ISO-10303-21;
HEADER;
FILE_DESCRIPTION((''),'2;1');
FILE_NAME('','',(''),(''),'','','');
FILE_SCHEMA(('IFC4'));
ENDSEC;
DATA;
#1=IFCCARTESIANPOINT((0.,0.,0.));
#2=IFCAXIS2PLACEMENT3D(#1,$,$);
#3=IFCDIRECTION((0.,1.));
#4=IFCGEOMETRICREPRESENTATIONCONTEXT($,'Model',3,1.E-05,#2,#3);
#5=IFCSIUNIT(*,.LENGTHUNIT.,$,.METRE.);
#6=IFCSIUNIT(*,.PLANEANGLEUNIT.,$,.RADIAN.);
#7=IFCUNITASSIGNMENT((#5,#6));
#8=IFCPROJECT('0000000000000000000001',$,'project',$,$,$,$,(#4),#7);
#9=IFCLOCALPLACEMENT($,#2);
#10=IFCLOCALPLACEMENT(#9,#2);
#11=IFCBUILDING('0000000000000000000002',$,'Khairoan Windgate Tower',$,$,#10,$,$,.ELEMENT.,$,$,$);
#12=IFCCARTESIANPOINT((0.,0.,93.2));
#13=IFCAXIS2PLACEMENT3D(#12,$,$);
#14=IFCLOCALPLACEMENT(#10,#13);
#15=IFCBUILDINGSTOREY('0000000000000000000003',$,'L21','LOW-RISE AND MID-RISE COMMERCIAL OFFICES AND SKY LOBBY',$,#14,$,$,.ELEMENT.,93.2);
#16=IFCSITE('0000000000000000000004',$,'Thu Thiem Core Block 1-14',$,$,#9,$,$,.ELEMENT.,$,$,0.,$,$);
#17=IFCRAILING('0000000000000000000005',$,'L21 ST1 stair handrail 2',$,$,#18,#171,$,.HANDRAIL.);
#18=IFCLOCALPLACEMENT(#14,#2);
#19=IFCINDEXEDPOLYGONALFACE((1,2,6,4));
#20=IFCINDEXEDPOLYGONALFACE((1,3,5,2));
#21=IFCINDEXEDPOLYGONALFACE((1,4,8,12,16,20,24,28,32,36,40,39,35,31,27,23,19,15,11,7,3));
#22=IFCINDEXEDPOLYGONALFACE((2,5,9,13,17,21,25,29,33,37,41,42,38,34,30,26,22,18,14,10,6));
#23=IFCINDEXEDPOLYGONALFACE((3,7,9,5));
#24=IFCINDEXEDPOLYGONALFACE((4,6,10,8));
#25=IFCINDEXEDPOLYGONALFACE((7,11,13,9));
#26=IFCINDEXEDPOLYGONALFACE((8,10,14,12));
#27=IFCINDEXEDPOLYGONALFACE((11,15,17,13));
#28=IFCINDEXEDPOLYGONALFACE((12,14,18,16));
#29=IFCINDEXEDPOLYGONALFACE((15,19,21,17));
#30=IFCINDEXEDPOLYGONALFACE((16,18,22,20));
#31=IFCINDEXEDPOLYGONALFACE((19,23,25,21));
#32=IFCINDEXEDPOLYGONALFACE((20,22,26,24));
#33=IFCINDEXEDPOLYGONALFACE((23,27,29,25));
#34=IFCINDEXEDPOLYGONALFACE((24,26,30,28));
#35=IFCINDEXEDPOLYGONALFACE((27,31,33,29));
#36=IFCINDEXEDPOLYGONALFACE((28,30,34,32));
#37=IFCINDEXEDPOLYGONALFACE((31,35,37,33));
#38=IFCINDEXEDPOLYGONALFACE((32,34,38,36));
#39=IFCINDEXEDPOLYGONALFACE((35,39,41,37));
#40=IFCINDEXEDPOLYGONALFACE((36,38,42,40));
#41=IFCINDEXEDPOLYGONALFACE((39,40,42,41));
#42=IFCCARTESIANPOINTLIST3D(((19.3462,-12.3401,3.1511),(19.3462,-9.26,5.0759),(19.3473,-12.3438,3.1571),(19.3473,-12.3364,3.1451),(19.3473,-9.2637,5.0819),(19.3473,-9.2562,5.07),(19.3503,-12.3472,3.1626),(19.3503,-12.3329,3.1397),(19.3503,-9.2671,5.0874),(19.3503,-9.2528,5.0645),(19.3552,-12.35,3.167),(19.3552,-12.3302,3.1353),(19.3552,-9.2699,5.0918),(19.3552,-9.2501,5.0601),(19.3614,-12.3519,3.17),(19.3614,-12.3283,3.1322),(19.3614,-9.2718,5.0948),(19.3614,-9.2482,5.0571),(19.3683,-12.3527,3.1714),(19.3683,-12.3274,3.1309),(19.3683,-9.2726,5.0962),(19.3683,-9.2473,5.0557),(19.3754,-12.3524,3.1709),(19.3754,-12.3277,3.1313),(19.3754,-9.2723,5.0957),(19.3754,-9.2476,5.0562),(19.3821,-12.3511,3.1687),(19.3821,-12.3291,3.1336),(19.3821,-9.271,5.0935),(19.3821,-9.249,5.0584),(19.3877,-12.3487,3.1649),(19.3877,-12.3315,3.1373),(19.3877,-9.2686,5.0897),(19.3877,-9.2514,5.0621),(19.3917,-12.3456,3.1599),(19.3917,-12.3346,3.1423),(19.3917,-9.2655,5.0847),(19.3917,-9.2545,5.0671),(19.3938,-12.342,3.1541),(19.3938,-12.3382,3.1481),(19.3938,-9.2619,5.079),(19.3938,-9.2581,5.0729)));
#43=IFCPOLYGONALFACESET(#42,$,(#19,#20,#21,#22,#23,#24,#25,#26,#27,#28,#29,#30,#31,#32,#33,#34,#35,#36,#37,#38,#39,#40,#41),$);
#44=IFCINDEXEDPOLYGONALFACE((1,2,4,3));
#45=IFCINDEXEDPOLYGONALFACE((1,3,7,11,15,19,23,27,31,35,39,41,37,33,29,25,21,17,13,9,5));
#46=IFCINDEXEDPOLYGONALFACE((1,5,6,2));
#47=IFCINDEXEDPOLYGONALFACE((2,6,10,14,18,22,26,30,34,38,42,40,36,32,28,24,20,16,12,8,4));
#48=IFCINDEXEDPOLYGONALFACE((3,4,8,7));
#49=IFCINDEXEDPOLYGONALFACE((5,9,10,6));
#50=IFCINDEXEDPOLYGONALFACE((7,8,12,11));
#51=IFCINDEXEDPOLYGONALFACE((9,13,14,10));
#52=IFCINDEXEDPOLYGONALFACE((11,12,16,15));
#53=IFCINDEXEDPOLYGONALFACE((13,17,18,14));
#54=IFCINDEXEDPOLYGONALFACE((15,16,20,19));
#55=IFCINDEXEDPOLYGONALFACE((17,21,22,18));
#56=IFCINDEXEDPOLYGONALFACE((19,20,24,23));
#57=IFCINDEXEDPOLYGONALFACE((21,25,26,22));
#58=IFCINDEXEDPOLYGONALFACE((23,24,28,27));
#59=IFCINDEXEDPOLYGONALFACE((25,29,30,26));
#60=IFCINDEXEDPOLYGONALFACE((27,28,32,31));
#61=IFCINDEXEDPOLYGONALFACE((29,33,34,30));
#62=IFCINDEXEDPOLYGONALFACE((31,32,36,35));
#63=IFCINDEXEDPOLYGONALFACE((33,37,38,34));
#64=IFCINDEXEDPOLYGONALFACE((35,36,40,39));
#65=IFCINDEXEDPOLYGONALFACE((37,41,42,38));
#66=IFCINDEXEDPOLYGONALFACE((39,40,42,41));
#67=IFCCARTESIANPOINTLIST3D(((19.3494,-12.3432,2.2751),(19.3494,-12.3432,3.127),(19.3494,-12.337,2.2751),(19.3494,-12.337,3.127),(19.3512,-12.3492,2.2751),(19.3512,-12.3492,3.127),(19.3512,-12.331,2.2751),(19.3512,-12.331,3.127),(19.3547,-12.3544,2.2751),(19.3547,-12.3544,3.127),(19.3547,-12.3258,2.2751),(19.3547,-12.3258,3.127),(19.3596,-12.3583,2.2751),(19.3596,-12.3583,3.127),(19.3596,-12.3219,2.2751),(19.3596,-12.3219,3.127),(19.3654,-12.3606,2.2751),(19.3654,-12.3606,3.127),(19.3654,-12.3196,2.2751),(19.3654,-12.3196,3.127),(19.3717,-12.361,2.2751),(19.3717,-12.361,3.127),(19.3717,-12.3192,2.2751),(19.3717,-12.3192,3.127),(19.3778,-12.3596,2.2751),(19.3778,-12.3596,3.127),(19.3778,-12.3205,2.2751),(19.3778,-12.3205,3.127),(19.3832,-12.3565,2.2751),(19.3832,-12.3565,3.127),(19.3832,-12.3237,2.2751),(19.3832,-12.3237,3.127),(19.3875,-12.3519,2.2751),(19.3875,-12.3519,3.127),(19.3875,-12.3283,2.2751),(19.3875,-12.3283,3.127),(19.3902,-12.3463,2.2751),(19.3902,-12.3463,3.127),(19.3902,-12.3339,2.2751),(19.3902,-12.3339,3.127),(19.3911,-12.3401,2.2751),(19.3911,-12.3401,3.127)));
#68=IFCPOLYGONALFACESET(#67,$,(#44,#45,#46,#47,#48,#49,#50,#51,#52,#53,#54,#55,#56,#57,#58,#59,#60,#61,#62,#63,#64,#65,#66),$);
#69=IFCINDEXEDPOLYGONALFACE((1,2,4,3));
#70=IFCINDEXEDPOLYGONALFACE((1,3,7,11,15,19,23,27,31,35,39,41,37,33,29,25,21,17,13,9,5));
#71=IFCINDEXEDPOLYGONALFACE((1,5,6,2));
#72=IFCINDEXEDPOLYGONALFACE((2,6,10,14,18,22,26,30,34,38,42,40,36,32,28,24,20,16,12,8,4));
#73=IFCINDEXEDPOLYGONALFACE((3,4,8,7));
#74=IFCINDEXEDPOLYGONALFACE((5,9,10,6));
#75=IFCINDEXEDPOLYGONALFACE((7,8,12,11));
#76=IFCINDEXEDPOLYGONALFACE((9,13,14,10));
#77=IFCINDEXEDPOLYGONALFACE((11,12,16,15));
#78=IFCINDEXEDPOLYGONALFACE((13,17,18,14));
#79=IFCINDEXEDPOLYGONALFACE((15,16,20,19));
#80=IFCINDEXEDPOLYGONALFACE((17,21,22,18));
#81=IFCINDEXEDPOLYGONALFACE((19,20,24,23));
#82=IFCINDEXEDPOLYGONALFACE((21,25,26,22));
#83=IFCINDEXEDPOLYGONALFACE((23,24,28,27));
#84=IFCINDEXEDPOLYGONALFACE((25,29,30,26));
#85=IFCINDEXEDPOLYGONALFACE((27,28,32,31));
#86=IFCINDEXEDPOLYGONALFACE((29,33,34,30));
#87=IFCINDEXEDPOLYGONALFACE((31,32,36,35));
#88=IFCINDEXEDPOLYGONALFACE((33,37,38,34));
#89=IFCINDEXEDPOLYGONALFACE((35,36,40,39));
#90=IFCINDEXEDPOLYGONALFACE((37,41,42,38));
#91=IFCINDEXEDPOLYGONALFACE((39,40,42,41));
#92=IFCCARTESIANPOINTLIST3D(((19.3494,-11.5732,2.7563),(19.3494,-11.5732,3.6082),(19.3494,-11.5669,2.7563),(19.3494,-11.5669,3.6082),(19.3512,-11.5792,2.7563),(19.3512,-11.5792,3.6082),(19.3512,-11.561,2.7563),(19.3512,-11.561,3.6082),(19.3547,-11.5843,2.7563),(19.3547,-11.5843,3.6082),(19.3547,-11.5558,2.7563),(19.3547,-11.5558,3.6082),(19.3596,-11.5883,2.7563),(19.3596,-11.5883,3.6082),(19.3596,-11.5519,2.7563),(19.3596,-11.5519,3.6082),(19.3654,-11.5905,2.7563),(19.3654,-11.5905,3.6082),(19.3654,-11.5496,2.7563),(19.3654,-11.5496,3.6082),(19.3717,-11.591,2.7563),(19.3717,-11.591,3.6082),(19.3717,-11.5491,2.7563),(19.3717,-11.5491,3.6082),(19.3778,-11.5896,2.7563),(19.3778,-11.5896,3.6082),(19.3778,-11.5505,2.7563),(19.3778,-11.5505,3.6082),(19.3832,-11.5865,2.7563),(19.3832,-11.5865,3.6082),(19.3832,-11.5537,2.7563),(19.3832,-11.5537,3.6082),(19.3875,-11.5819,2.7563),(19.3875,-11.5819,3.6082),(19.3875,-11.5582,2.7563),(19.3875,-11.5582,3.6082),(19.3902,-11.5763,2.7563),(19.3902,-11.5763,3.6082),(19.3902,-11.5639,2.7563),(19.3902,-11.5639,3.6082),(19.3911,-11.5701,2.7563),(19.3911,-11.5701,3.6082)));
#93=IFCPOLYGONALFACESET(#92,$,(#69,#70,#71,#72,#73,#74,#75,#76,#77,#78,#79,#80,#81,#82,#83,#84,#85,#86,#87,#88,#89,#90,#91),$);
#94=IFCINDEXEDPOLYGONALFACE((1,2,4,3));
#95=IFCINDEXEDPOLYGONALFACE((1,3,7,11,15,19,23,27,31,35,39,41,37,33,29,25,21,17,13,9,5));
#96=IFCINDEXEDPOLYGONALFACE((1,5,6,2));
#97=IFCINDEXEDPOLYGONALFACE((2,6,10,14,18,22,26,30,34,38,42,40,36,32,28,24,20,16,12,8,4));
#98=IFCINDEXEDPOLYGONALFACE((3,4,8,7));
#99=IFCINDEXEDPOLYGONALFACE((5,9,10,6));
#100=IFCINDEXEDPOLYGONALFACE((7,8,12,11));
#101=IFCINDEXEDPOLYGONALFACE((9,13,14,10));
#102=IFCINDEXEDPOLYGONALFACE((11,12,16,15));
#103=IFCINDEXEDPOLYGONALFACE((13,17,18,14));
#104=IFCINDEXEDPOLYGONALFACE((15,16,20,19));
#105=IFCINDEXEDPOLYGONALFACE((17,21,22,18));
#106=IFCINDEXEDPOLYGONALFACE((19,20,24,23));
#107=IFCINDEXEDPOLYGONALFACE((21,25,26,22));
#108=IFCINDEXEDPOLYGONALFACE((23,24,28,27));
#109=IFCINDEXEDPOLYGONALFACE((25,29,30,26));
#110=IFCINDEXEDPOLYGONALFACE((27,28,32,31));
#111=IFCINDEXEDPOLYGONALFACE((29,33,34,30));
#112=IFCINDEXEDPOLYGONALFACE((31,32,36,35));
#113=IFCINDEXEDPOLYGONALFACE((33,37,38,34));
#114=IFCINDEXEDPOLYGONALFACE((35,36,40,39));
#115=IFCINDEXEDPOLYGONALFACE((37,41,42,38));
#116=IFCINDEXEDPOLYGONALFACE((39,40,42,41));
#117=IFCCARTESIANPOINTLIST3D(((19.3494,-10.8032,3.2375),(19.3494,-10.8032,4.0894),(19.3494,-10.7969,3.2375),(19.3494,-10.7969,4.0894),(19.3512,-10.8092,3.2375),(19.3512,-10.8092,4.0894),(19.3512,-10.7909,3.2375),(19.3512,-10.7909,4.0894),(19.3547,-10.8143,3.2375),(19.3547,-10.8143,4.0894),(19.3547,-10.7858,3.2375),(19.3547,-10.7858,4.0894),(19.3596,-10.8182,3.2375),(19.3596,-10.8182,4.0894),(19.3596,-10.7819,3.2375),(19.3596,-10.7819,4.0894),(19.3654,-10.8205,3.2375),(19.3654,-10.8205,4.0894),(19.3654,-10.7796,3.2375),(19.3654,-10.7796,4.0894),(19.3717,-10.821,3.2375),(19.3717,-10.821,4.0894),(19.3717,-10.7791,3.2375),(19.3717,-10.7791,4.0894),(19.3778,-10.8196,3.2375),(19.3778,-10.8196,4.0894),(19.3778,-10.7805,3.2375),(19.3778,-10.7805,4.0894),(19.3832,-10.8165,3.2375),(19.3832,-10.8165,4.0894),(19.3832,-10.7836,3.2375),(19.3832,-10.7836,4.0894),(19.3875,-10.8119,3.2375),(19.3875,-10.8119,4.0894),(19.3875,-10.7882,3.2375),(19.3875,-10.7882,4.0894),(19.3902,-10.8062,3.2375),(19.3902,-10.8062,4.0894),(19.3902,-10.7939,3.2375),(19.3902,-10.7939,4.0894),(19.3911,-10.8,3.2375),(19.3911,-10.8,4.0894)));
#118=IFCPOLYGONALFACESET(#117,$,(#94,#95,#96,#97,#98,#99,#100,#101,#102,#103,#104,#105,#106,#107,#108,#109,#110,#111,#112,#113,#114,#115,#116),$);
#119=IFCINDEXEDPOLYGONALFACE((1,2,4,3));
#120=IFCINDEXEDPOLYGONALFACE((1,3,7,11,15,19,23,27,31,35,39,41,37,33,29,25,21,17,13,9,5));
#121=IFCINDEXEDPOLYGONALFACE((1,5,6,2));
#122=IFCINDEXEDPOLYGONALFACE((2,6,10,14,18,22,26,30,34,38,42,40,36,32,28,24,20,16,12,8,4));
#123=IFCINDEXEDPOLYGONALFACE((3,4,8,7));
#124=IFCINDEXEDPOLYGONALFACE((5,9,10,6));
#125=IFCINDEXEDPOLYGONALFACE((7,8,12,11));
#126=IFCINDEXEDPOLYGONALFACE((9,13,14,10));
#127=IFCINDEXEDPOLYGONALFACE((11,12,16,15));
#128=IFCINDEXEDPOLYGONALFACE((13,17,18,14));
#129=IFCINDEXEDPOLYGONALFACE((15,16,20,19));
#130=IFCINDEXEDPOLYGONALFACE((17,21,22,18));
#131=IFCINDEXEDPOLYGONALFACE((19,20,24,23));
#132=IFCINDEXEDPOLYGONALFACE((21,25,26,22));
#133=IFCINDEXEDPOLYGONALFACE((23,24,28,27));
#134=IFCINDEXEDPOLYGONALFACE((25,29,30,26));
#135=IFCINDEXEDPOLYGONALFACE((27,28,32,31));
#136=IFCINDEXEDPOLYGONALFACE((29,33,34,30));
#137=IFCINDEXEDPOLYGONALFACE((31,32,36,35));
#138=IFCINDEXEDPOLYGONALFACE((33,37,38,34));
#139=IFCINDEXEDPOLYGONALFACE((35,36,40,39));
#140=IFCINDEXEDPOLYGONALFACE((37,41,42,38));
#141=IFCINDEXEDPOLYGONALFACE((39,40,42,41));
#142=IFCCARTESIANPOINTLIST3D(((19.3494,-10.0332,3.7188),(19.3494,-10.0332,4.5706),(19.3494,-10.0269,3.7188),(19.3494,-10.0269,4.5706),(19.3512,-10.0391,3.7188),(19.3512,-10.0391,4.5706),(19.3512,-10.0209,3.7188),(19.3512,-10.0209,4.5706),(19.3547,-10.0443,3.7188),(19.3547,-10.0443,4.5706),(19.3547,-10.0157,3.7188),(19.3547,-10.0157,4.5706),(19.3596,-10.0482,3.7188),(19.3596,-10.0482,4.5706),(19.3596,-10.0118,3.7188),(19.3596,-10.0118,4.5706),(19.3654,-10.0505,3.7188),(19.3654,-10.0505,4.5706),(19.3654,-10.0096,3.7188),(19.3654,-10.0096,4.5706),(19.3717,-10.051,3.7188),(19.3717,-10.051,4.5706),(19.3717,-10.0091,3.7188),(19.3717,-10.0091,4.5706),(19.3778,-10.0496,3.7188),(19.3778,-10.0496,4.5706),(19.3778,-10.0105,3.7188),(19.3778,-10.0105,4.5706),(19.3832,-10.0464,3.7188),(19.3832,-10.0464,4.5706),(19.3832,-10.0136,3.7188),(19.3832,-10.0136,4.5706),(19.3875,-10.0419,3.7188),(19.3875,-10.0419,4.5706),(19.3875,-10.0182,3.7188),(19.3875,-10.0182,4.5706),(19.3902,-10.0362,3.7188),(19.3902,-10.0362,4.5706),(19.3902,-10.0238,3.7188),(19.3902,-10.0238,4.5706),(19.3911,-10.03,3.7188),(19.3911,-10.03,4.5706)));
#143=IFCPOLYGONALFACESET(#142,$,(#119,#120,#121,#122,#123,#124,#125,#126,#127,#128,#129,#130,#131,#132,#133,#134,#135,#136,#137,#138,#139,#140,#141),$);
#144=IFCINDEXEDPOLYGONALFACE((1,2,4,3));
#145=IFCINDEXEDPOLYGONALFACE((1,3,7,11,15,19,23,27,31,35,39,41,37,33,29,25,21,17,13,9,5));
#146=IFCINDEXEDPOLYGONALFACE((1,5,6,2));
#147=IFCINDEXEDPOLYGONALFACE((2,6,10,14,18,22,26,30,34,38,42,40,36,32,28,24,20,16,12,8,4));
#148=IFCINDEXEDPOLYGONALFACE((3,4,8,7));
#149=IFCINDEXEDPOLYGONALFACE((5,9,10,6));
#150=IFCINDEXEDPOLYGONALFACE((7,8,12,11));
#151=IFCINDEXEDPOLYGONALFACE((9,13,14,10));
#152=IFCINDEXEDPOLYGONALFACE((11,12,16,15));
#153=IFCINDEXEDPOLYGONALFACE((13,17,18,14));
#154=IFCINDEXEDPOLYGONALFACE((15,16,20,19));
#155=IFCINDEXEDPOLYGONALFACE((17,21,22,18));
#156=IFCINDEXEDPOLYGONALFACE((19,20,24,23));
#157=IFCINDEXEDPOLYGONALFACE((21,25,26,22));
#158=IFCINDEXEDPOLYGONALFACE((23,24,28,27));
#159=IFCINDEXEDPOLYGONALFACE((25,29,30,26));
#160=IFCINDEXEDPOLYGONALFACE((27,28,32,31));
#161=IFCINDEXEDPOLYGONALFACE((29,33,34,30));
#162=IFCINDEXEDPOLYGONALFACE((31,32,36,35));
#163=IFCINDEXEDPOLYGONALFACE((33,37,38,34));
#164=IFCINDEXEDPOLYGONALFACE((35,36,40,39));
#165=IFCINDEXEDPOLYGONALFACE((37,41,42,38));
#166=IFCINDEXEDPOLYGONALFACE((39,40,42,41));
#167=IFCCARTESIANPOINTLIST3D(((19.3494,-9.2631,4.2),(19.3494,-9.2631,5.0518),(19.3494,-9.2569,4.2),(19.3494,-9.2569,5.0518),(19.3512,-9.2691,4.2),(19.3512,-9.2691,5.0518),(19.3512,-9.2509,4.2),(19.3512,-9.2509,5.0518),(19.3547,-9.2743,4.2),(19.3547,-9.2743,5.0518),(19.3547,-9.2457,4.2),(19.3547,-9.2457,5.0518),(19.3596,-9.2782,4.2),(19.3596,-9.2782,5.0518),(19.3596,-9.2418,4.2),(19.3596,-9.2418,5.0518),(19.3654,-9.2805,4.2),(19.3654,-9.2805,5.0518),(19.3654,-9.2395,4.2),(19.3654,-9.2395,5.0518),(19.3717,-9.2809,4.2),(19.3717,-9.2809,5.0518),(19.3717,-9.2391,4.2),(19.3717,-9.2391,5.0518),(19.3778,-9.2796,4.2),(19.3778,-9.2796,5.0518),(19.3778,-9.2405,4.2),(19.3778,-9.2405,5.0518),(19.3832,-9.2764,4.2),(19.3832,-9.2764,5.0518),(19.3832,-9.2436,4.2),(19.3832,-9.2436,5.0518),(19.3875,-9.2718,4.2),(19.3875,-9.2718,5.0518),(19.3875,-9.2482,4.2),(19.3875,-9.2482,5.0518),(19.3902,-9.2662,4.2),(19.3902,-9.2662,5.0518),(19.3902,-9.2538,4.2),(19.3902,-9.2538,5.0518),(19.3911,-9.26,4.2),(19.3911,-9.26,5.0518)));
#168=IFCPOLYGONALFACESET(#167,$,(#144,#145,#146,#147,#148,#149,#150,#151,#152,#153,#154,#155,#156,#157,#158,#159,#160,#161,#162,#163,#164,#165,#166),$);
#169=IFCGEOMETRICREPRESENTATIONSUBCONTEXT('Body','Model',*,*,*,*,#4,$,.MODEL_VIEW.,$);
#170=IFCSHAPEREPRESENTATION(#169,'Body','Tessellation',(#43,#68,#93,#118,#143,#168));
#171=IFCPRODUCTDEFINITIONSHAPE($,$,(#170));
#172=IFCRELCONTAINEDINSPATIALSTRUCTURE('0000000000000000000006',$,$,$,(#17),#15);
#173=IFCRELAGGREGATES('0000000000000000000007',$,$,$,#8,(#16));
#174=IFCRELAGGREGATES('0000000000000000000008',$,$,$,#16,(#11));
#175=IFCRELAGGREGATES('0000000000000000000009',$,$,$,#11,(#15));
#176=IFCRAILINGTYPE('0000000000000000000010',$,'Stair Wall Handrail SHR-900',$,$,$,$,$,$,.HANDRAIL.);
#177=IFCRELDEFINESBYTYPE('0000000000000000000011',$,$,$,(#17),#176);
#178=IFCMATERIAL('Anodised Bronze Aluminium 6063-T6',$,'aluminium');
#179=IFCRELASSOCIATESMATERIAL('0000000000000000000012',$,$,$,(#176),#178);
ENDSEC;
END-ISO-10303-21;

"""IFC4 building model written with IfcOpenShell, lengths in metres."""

from ifc_helpers import new_model, si_unit, direction, frame, origin, origin_2d, place, context, subcontext, project, spatial, circle, extrude, material, type_object, element, save


model = new_model("IFC4")

# Units and contexts
model_context = context("Model", 3, precision=1e-05, world=origin(), true_north=direction((0.0, 1.0)))
body_context = subcontext(model_context, "Body", "Model", "MODEL_VIEW")
ifc_project = project(units=[si_unit("LENGTHUNIT", "METRE"), si_unit("PLANEANGLEUNIT", "RADIAN")], contexts=[model_context])

# Site, building, storey
site_placement = place(None, origin())
site = spatial("IfcSite", under=ifc_project, at=site_placement, Name="Thu Thiem Core Block 1-14", CompositionType="ELEMENT", RefElevation=0.0)
building_placement = place(site_placement, origin())
building = spatial("IfcBuilding", under=site, at=building_placement, Name="Khairoan Windgate Tower", CompositionType="ELEMENT")
storey_placement = place(building_placement, frame((0.0, 0.0, 93.2)))
storey = spatial("IfcBuildingStorey", under=building, at=storey_placement, Name="L21", Description="LOW-RISE AND MID-RISE COMMERCIAL OFFICES AND SKY LOBBY", CompositionType="ELEMENT", Elevation=93.2)

# Railing
ifc_material_1 = material(Name="Anodised Bronze Aluminium 6063-T6", Category="aluminium")
railing_type_1 = type_object("IfcRailingType", Name="Stair Wall Handrail SHR-900", PredefinedType="HANDRAIL", material=ifc_material_1)
railing_1_placement = place(storey_placement, frame((19.3701, -12.3401, 2.2751)))
element("IfcRailing", 1, at=railing_1_placement, inside=storey, type_object=railing_type_1, Name="L21 ST1 stair handrail 2", PredefinedType="HANDRAIL", context=body_context, shape_type="SweptSolid", body=[
    extrude(circle(Radius=0.0239, at=origin_2d()), frame((0.0, 0.0, 0.876), z_axis=(0.0, 0.848029, 0.529951), x_axis=(-1.0, 0.0, 0.0)), (0.0, 0.0, 1.0), 3.6321),
    extrude(circle(Radius=0.021, at=origin_2d()), origin(), (0.0, 0.0, 1.0), 0.8518),
    extrude(circle(Radius=0.021, at=origin_2d()), frame((0.0, 0.77, 0.4812)), (0.0, 0.0, 1.0), 0.8518),
    extrude(circle(Radius=0.021, at=origin_2d()), frame((0.0, 1.54, 0.9624)), (0.0, 0.0, 1.0), 0.8518),
    extrude(circle(Radius=0.021, at=origin_2d()), frame((0.0, 2.3101, 1.4436)), (0.0, 0.0, 1.0), 0.8518),
    extrude(circle(Radius=0.021, at=origin_2d()), frame((0.0, 3.0801, 1.9248)), (0.0, 0.0, 1.0), 0.8518),
])

save(model, "model.ifc")
